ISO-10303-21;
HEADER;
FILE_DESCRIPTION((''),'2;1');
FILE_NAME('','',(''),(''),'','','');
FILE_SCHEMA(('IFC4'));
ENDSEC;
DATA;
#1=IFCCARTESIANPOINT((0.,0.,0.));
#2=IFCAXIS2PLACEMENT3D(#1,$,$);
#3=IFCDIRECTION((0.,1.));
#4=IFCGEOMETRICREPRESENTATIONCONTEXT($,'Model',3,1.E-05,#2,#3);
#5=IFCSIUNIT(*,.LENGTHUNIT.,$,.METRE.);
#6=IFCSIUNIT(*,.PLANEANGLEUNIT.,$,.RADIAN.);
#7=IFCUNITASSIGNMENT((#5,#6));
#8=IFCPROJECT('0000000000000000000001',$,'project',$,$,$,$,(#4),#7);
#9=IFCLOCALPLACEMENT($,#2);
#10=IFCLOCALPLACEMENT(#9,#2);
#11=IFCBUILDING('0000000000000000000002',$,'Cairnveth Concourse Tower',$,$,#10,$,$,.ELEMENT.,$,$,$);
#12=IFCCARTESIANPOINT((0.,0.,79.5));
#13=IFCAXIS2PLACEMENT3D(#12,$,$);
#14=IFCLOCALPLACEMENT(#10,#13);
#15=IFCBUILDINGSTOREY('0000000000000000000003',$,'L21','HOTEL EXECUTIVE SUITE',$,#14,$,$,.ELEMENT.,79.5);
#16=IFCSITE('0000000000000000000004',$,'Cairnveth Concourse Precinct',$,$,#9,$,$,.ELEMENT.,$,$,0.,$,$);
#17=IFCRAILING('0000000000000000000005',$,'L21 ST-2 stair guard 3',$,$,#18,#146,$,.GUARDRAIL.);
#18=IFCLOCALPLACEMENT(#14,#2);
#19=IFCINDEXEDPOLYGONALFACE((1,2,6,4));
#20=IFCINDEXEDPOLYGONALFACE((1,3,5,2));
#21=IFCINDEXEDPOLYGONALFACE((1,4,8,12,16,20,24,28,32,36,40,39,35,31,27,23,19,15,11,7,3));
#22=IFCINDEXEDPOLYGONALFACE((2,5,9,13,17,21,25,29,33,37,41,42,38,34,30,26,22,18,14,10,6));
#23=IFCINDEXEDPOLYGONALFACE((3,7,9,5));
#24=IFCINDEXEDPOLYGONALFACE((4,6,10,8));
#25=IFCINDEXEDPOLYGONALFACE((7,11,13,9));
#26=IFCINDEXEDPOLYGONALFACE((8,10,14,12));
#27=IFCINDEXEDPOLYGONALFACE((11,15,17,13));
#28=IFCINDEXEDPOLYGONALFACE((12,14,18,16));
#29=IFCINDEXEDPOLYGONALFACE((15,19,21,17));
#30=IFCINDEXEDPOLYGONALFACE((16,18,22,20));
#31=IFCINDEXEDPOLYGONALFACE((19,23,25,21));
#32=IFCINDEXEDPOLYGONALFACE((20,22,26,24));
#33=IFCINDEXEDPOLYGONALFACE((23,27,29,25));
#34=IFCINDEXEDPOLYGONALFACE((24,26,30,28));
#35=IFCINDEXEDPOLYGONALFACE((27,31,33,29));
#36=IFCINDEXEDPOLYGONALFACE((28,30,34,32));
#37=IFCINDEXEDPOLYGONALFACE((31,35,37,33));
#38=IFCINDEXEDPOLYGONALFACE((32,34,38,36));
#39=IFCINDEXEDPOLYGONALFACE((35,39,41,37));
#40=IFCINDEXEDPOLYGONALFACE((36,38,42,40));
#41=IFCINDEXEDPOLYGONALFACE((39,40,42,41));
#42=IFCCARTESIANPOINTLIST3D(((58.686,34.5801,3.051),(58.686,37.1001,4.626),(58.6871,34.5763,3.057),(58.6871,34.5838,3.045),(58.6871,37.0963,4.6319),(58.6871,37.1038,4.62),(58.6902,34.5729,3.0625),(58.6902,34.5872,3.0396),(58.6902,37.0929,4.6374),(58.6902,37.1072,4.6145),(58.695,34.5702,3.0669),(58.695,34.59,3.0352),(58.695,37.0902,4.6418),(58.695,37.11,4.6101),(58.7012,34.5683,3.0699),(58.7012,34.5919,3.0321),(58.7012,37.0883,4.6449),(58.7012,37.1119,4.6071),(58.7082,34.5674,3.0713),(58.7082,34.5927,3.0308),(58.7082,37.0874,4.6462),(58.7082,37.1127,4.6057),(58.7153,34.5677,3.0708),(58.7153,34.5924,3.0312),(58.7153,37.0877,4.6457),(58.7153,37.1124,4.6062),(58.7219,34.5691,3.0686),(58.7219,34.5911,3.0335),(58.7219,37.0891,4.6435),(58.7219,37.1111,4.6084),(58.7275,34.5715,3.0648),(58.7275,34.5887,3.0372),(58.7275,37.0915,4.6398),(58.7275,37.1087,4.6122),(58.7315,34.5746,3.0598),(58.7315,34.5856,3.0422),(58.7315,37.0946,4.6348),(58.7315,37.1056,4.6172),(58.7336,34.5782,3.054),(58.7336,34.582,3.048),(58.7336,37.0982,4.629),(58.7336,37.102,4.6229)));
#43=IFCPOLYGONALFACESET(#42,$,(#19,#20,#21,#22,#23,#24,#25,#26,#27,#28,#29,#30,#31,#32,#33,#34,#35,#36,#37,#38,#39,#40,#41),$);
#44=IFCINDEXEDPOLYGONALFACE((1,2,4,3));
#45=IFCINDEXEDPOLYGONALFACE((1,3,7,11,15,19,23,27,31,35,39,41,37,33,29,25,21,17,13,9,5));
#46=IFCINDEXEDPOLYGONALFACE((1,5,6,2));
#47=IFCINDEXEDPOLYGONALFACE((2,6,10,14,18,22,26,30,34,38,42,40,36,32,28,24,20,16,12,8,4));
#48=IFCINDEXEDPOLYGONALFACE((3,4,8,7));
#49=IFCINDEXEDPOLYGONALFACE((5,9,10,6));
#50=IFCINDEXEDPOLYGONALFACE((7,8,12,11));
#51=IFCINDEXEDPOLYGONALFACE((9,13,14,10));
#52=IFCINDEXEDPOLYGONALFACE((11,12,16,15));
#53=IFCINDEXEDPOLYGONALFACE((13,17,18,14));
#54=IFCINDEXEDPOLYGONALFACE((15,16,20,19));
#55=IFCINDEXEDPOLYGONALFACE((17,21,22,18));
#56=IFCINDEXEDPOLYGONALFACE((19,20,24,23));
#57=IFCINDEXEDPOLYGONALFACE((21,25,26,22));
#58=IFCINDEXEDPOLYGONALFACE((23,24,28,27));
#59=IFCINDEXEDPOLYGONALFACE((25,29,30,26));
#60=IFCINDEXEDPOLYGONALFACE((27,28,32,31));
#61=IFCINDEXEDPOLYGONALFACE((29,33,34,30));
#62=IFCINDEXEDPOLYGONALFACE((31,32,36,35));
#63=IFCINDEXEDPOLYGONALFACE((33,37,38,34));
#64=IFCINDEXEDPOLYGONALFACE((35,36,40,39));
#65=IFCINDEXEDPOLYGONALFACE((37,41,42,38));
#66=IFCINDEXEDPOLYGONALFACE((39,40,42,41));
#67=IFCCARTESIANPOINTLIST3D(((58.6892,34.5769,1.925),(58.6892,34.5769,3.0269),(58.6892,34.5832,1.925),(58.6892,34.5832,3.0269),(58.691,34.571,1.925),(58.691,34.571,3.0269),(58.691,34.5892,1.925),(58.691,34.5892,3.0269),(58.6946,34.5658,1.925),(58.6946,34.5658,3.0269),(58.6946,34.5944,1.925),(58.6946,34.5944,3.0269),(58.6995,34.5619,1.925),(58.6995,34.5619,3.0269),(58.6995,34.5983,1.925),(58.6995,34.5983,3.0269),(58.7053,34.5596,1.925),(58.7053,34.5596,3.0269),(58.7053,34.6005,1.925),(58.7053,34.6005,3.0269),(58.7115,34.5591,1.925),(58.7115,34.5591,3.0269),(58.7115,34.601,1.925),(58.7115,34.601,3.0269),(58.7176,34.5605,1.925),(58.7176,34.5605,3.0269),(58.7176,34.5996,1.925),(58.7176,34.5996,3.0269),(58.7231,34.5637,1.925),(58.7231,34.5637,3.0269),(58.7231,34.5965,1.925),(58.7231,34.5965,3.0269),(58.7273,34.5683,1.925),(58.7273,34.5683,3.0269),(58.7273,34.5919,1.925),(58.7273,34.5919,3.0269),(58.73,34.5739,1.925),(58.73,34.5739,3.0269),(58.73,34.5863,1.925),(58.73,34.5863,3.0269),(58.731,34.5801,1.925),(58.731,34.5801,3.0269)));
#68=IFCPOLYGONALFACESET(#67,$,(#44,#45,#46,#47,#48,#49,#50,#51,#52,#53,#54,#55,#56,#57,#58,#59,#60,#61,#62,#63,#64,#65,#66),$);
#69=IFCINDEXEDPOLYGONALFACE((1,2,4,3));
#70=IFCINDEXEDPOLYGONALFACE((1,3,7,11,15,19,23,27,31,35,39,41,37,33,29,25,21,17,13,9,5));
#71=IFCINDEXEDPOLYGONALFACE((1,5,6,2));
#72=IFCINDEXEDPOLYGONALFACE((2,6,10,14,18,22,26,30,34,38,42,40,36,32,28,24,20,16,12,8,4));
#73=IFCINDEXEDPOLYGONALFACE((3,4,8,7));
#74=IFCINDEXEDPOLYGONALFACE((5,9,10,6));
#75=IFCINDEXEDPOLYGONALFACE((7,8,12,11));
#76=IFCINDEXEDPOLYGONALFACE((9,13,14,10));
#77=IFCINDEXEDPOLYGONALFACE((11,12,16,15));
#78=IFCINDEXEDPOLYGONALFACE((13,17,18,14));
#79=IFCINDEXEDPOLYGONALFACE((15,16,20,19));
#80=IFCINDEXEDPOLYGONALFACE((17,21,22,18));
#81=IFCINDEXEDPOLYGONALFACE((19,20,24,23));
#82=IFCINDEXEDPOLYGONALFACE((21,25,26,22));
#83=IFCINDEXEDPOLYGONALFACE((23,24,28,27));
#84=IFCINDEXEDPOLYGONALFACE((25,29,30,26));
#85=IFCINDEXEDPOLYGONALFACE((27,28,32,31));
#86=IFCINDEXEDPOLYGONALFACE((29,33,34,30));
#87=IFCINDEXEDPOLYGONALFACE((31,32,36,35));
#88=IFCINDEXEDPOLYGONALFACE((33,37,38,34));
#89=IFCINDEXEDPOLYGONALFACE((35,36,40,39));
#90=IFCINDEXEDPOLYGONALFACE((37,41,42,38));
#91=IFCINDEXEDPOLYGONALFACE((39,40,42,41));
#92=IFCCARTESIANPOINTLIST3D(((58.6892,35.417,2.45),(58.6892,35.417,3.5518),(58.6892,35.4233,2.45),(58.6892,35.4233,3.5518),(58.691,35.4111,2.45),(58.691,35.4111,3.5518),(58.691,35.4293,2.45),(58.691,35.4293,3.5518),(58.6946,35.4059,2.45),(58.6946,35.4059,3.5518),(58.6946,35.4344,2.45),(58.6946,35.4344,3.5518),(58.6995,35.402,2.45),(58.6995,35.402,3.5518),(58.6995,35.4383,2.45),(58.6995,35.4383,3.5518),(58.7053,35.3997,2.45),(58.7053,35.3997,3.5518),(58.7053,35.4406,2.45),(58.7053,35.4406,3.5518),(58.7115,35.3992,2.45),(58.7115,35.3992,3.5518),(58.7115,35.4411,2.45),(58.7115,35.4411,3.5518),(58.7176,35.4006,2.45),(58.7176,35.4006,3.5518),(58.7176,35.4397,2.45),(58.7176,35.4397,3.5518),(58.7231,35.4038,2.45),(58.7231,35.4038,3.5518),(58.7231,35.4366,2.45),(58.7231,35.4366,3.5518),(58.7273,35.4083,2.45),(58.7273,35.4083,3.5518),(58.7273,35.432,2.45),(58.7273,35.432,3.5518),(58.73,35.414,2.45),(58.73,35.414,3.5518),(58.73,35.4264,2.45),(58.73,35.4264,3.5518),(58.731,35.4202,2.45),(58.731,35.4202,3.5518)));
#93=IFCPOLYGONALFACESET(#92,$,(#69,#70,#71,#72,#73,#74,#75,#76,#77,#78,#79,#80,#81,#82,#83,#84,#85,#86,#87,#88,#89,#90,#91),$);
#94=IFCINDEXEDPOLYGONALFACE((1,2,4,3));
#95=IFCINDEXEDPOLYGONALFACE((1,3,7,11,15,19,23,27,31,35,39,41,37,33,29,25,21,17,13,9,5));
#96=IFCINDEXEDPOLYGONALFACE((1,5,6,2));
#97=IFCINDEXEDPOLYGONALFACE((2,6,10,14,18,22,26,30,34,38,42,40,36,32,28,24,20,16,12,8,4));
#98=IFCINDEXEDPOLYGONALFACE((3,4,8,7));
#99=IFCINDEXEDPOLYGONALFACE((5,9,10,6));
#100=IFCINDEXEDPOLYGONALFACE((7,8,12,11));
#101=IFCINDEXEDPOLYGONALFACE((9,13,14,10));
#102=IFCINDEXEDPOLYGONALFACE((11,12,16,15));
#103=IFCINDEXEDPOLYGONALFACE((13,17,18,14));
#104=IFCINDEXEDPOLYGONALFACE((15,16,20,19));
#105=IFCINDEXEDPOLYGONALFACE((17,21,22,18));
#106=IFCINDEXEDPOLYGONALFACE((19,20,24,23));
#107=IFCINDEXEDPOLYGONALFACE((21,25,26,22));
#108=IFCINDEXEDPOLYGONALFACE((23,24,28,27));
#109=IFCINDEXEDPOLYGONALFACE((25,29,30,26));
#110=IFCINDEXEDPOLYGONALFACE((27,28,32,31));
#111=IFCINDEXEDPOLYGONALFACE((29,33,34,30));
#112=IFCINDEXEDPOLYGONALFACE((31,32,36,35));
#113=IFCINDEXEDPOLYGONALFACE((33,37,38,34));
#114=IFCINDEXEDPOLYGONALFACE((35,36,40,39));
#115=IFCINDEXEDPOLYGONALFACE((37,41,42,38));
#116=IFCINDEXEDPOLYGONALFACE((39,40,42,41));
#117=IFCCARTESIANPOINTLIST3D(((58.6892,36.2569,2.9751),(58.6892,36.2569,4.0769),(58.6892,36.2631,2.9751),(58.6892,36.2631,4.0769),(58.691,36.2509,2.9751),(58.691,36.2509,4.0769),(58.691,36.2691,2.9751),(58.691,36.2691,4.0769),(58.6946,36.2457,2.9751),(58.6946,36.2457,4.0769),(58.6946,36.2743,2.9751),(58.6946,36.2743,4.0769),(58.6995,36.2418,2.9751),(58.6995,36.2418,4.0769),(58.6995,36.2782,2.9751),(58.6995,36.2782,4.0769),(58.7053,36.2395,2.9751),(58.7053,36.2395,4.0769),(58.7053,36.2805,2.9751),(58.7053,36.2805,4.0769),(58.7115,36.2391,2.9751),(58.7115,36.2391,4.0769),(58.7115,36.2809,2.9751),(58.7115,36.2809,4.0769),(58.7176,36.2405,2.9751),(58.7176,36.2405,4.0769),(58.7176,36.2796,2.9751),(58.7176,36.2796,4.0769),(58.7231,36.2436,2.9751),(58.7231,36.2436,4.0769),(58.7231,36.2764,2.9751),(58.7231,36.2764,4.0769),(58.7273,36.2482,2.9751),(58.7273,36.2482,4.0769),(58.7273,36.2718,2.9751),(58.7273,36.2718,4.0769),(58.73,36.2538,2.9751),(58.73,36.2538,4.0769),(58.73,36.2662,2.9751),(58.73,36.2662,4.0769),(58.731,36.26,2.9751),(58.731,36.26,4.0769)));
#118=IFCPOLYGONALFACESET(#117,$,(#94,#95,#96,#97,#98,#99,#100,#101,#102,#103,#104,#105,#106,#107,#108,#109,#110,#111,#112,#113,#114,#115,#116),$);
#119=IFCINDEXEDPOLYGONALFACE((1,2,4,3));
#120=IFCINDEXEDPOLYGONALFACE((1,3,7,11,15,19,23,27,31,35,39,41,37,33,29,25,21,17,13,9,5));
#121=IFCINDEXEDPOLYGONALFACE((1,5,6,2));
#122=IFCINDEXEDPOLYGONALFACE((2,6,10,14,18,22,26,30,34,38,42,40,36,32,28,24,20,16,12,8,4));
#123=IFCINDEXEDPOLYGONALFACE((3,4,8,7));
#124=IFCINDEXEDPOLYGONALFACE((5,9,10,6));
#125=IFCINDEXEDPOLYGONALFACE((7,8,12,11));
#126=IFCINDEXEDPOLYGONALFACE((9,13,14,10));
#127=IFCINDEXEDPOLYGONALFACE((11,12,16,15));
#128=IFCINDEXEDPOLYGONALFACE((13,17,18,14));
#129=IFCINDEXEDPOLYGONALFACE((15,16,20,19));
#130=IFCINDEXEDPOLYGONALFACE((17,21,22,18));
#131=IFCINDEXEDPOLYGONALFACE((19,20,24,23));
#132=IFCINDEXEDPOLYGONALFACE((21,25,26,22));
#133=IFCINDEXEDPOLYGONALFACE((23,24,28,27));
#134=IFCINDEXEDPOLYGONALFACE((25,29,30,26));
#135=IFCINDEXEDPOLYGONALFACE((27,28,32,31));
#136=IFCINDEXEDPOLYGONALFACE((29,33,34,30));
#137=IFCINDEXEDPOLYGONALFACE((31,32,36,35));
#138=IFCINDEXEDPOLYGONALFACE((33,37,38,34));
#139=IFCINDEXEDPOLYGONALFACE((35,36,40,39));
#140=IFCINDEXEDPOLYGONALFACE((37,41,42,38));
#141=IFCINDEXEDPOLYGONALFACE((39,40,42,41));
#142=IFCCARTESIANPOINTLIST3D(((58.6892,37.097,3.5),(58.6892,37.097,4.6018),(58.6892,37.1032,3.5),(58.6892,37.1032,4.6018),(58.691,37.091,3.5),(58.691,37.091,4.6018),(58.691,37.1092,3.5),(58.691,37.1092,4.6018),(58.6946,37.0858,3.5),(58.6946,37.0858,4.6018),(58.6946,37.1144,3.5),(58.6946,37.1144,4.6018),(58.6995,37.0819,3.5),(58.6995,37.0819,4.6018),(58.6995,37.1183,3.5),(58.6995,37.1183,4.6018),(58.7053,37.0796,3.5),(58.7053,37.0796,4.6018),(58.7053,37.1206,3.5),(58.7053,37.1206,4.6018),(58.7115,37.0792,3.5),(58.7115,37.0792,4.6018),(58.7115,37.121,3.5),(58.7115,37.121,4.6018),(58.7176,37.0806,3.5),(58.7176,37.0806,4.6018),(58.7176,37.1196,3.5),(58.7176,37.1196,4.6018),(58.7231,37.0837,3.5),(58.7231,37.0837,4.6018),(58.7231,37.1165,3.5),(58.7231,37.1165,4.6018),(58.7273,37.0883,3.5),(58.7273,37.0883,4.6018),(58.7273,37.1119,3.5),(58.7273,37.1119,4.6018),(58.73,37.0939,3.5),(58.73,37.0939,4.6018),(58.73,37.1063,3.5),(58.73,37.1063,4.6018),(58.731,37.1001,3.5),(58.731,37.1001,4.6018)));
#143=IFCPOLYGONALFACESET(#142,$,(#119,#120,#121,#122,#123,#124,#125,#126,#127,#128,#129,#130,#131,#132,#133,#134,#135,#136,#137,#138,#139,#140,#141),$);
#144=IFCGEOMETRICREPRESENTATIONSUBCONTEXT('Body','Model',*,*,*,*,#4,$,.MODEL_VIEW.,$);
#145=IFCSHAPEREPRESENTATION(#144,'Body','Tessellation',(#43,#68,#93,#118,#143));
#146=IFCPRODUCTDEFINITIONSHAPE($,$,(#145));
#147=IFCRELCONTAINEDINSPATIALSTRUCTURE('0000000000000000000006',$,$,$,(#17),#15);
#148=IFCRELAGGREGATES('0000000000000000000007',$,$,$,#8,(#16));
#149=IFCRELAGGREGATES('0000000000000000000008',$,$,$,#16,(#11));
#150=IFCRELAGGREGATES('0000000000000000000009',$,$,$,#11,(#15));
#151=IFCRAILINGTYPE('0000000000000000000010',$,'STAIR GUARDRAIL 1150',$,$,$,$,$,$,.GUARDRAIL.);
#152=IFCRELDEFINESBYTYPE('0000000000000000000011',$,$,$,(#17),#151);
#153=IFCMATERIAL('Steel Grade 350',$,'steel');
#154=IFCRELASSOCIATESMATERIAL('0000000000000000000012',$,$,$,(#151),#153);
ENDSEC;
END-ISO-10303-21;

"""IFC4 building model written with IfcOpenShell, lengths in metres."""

from ifc_helpers import new_model, si_unit, direction, frame, origin, origin_2d, place, context, subcontext, project, spatial, circle, extrude, material, type_object, element, save


model = new_model("IFC4")

# Units and contexts
model_context = context("Model", 3, precision=1e-05, world=origin(), true_north=direction((0.0, 1.0)))
body_context = subcontext(model_context, "Body", "Model", "MODEL_VIEW")
ifc_project = project(units=[si_unit("LENGTHUNIT", "METRE"), si_unit("PLANEANGLEUNIT", "RADIAN")], contexts=[model_context])

# Site, building, storey
site_placement = place(None, origin())
site = spatial("IfcSite", under=ifc_project, at=site_placement, Name="Cairnveth Concourse Precinct", CompositionType="ELEMENT", RefElevation=0.0)
building_placement = place(site_placement, origin())
building = spatial("IfcBuilding", under=site, at=building_placement, Name="Cairnveth Concourse Tower", CompositionType="ELEMENT")
storey_placement = place(building_placement, frame((0.0, 0.0, 79.5)))
storey = spatial("IfcBuildingStorey", under=building, at=storey_placement, Name="L21", Description="HOTEL EXECUTIVE SUITE", CompositionType="ELEMENT", Elevation=79.5)

# Shared definitions
ifc_material_1 = material(Name="Steel Grade 350", Category="steel")

# Railing
railing_type_1 = type_object("IfcRailingType", Name="STAIR GUARDRAIL 1150", PredefinedType="GUARDRAIL", material=ifc_material_1)
railing_1_placement = place(storey_placement, frame((58.71, 34.5801, 1.925)))
element("IfcRailing", 1, at=railing_1_placement, inside=storey, type_object=railing_type_1, Name="L21 ST-2 stair guard 3", PredefinedType="GUARDRAIL", context=body_context, shape_type="SweptSolid", body=[
    extrude(circle(Radius=0.0239, at=origin_2d()), frame((0.0, 0.0, 1.126), z_axis=(0.0, 0.848008, 0.529984), x_axis=(-1.0, 0.0, 0.0)), (0.0, 0.0, 1.0), 2.9717),
    extrude(circle(Radius=0.021, at=origin_2d()), origin(), (0.0, 0.0, 1.0), 1.1018),
    extrude(circle(Radius=0.021, at=origin_2d()), frame((0.0, 0.8401, 0.5249)), (0.0, 0.0, 1.0), 1.1018),
    extrude(circle(Radius=0.021, at=origin_2d()), frame((0.0, 1.6799, 1.05)), (0.0, 0.0, 1.0), 1.1018),
    extrude(circle(Radius=0.021, at=origin_2d()), frame((0.0, 2.52, 1.575)), (0.0, 0.0, 1.0), 1.1018),
])

save(model, "model.ifc")
